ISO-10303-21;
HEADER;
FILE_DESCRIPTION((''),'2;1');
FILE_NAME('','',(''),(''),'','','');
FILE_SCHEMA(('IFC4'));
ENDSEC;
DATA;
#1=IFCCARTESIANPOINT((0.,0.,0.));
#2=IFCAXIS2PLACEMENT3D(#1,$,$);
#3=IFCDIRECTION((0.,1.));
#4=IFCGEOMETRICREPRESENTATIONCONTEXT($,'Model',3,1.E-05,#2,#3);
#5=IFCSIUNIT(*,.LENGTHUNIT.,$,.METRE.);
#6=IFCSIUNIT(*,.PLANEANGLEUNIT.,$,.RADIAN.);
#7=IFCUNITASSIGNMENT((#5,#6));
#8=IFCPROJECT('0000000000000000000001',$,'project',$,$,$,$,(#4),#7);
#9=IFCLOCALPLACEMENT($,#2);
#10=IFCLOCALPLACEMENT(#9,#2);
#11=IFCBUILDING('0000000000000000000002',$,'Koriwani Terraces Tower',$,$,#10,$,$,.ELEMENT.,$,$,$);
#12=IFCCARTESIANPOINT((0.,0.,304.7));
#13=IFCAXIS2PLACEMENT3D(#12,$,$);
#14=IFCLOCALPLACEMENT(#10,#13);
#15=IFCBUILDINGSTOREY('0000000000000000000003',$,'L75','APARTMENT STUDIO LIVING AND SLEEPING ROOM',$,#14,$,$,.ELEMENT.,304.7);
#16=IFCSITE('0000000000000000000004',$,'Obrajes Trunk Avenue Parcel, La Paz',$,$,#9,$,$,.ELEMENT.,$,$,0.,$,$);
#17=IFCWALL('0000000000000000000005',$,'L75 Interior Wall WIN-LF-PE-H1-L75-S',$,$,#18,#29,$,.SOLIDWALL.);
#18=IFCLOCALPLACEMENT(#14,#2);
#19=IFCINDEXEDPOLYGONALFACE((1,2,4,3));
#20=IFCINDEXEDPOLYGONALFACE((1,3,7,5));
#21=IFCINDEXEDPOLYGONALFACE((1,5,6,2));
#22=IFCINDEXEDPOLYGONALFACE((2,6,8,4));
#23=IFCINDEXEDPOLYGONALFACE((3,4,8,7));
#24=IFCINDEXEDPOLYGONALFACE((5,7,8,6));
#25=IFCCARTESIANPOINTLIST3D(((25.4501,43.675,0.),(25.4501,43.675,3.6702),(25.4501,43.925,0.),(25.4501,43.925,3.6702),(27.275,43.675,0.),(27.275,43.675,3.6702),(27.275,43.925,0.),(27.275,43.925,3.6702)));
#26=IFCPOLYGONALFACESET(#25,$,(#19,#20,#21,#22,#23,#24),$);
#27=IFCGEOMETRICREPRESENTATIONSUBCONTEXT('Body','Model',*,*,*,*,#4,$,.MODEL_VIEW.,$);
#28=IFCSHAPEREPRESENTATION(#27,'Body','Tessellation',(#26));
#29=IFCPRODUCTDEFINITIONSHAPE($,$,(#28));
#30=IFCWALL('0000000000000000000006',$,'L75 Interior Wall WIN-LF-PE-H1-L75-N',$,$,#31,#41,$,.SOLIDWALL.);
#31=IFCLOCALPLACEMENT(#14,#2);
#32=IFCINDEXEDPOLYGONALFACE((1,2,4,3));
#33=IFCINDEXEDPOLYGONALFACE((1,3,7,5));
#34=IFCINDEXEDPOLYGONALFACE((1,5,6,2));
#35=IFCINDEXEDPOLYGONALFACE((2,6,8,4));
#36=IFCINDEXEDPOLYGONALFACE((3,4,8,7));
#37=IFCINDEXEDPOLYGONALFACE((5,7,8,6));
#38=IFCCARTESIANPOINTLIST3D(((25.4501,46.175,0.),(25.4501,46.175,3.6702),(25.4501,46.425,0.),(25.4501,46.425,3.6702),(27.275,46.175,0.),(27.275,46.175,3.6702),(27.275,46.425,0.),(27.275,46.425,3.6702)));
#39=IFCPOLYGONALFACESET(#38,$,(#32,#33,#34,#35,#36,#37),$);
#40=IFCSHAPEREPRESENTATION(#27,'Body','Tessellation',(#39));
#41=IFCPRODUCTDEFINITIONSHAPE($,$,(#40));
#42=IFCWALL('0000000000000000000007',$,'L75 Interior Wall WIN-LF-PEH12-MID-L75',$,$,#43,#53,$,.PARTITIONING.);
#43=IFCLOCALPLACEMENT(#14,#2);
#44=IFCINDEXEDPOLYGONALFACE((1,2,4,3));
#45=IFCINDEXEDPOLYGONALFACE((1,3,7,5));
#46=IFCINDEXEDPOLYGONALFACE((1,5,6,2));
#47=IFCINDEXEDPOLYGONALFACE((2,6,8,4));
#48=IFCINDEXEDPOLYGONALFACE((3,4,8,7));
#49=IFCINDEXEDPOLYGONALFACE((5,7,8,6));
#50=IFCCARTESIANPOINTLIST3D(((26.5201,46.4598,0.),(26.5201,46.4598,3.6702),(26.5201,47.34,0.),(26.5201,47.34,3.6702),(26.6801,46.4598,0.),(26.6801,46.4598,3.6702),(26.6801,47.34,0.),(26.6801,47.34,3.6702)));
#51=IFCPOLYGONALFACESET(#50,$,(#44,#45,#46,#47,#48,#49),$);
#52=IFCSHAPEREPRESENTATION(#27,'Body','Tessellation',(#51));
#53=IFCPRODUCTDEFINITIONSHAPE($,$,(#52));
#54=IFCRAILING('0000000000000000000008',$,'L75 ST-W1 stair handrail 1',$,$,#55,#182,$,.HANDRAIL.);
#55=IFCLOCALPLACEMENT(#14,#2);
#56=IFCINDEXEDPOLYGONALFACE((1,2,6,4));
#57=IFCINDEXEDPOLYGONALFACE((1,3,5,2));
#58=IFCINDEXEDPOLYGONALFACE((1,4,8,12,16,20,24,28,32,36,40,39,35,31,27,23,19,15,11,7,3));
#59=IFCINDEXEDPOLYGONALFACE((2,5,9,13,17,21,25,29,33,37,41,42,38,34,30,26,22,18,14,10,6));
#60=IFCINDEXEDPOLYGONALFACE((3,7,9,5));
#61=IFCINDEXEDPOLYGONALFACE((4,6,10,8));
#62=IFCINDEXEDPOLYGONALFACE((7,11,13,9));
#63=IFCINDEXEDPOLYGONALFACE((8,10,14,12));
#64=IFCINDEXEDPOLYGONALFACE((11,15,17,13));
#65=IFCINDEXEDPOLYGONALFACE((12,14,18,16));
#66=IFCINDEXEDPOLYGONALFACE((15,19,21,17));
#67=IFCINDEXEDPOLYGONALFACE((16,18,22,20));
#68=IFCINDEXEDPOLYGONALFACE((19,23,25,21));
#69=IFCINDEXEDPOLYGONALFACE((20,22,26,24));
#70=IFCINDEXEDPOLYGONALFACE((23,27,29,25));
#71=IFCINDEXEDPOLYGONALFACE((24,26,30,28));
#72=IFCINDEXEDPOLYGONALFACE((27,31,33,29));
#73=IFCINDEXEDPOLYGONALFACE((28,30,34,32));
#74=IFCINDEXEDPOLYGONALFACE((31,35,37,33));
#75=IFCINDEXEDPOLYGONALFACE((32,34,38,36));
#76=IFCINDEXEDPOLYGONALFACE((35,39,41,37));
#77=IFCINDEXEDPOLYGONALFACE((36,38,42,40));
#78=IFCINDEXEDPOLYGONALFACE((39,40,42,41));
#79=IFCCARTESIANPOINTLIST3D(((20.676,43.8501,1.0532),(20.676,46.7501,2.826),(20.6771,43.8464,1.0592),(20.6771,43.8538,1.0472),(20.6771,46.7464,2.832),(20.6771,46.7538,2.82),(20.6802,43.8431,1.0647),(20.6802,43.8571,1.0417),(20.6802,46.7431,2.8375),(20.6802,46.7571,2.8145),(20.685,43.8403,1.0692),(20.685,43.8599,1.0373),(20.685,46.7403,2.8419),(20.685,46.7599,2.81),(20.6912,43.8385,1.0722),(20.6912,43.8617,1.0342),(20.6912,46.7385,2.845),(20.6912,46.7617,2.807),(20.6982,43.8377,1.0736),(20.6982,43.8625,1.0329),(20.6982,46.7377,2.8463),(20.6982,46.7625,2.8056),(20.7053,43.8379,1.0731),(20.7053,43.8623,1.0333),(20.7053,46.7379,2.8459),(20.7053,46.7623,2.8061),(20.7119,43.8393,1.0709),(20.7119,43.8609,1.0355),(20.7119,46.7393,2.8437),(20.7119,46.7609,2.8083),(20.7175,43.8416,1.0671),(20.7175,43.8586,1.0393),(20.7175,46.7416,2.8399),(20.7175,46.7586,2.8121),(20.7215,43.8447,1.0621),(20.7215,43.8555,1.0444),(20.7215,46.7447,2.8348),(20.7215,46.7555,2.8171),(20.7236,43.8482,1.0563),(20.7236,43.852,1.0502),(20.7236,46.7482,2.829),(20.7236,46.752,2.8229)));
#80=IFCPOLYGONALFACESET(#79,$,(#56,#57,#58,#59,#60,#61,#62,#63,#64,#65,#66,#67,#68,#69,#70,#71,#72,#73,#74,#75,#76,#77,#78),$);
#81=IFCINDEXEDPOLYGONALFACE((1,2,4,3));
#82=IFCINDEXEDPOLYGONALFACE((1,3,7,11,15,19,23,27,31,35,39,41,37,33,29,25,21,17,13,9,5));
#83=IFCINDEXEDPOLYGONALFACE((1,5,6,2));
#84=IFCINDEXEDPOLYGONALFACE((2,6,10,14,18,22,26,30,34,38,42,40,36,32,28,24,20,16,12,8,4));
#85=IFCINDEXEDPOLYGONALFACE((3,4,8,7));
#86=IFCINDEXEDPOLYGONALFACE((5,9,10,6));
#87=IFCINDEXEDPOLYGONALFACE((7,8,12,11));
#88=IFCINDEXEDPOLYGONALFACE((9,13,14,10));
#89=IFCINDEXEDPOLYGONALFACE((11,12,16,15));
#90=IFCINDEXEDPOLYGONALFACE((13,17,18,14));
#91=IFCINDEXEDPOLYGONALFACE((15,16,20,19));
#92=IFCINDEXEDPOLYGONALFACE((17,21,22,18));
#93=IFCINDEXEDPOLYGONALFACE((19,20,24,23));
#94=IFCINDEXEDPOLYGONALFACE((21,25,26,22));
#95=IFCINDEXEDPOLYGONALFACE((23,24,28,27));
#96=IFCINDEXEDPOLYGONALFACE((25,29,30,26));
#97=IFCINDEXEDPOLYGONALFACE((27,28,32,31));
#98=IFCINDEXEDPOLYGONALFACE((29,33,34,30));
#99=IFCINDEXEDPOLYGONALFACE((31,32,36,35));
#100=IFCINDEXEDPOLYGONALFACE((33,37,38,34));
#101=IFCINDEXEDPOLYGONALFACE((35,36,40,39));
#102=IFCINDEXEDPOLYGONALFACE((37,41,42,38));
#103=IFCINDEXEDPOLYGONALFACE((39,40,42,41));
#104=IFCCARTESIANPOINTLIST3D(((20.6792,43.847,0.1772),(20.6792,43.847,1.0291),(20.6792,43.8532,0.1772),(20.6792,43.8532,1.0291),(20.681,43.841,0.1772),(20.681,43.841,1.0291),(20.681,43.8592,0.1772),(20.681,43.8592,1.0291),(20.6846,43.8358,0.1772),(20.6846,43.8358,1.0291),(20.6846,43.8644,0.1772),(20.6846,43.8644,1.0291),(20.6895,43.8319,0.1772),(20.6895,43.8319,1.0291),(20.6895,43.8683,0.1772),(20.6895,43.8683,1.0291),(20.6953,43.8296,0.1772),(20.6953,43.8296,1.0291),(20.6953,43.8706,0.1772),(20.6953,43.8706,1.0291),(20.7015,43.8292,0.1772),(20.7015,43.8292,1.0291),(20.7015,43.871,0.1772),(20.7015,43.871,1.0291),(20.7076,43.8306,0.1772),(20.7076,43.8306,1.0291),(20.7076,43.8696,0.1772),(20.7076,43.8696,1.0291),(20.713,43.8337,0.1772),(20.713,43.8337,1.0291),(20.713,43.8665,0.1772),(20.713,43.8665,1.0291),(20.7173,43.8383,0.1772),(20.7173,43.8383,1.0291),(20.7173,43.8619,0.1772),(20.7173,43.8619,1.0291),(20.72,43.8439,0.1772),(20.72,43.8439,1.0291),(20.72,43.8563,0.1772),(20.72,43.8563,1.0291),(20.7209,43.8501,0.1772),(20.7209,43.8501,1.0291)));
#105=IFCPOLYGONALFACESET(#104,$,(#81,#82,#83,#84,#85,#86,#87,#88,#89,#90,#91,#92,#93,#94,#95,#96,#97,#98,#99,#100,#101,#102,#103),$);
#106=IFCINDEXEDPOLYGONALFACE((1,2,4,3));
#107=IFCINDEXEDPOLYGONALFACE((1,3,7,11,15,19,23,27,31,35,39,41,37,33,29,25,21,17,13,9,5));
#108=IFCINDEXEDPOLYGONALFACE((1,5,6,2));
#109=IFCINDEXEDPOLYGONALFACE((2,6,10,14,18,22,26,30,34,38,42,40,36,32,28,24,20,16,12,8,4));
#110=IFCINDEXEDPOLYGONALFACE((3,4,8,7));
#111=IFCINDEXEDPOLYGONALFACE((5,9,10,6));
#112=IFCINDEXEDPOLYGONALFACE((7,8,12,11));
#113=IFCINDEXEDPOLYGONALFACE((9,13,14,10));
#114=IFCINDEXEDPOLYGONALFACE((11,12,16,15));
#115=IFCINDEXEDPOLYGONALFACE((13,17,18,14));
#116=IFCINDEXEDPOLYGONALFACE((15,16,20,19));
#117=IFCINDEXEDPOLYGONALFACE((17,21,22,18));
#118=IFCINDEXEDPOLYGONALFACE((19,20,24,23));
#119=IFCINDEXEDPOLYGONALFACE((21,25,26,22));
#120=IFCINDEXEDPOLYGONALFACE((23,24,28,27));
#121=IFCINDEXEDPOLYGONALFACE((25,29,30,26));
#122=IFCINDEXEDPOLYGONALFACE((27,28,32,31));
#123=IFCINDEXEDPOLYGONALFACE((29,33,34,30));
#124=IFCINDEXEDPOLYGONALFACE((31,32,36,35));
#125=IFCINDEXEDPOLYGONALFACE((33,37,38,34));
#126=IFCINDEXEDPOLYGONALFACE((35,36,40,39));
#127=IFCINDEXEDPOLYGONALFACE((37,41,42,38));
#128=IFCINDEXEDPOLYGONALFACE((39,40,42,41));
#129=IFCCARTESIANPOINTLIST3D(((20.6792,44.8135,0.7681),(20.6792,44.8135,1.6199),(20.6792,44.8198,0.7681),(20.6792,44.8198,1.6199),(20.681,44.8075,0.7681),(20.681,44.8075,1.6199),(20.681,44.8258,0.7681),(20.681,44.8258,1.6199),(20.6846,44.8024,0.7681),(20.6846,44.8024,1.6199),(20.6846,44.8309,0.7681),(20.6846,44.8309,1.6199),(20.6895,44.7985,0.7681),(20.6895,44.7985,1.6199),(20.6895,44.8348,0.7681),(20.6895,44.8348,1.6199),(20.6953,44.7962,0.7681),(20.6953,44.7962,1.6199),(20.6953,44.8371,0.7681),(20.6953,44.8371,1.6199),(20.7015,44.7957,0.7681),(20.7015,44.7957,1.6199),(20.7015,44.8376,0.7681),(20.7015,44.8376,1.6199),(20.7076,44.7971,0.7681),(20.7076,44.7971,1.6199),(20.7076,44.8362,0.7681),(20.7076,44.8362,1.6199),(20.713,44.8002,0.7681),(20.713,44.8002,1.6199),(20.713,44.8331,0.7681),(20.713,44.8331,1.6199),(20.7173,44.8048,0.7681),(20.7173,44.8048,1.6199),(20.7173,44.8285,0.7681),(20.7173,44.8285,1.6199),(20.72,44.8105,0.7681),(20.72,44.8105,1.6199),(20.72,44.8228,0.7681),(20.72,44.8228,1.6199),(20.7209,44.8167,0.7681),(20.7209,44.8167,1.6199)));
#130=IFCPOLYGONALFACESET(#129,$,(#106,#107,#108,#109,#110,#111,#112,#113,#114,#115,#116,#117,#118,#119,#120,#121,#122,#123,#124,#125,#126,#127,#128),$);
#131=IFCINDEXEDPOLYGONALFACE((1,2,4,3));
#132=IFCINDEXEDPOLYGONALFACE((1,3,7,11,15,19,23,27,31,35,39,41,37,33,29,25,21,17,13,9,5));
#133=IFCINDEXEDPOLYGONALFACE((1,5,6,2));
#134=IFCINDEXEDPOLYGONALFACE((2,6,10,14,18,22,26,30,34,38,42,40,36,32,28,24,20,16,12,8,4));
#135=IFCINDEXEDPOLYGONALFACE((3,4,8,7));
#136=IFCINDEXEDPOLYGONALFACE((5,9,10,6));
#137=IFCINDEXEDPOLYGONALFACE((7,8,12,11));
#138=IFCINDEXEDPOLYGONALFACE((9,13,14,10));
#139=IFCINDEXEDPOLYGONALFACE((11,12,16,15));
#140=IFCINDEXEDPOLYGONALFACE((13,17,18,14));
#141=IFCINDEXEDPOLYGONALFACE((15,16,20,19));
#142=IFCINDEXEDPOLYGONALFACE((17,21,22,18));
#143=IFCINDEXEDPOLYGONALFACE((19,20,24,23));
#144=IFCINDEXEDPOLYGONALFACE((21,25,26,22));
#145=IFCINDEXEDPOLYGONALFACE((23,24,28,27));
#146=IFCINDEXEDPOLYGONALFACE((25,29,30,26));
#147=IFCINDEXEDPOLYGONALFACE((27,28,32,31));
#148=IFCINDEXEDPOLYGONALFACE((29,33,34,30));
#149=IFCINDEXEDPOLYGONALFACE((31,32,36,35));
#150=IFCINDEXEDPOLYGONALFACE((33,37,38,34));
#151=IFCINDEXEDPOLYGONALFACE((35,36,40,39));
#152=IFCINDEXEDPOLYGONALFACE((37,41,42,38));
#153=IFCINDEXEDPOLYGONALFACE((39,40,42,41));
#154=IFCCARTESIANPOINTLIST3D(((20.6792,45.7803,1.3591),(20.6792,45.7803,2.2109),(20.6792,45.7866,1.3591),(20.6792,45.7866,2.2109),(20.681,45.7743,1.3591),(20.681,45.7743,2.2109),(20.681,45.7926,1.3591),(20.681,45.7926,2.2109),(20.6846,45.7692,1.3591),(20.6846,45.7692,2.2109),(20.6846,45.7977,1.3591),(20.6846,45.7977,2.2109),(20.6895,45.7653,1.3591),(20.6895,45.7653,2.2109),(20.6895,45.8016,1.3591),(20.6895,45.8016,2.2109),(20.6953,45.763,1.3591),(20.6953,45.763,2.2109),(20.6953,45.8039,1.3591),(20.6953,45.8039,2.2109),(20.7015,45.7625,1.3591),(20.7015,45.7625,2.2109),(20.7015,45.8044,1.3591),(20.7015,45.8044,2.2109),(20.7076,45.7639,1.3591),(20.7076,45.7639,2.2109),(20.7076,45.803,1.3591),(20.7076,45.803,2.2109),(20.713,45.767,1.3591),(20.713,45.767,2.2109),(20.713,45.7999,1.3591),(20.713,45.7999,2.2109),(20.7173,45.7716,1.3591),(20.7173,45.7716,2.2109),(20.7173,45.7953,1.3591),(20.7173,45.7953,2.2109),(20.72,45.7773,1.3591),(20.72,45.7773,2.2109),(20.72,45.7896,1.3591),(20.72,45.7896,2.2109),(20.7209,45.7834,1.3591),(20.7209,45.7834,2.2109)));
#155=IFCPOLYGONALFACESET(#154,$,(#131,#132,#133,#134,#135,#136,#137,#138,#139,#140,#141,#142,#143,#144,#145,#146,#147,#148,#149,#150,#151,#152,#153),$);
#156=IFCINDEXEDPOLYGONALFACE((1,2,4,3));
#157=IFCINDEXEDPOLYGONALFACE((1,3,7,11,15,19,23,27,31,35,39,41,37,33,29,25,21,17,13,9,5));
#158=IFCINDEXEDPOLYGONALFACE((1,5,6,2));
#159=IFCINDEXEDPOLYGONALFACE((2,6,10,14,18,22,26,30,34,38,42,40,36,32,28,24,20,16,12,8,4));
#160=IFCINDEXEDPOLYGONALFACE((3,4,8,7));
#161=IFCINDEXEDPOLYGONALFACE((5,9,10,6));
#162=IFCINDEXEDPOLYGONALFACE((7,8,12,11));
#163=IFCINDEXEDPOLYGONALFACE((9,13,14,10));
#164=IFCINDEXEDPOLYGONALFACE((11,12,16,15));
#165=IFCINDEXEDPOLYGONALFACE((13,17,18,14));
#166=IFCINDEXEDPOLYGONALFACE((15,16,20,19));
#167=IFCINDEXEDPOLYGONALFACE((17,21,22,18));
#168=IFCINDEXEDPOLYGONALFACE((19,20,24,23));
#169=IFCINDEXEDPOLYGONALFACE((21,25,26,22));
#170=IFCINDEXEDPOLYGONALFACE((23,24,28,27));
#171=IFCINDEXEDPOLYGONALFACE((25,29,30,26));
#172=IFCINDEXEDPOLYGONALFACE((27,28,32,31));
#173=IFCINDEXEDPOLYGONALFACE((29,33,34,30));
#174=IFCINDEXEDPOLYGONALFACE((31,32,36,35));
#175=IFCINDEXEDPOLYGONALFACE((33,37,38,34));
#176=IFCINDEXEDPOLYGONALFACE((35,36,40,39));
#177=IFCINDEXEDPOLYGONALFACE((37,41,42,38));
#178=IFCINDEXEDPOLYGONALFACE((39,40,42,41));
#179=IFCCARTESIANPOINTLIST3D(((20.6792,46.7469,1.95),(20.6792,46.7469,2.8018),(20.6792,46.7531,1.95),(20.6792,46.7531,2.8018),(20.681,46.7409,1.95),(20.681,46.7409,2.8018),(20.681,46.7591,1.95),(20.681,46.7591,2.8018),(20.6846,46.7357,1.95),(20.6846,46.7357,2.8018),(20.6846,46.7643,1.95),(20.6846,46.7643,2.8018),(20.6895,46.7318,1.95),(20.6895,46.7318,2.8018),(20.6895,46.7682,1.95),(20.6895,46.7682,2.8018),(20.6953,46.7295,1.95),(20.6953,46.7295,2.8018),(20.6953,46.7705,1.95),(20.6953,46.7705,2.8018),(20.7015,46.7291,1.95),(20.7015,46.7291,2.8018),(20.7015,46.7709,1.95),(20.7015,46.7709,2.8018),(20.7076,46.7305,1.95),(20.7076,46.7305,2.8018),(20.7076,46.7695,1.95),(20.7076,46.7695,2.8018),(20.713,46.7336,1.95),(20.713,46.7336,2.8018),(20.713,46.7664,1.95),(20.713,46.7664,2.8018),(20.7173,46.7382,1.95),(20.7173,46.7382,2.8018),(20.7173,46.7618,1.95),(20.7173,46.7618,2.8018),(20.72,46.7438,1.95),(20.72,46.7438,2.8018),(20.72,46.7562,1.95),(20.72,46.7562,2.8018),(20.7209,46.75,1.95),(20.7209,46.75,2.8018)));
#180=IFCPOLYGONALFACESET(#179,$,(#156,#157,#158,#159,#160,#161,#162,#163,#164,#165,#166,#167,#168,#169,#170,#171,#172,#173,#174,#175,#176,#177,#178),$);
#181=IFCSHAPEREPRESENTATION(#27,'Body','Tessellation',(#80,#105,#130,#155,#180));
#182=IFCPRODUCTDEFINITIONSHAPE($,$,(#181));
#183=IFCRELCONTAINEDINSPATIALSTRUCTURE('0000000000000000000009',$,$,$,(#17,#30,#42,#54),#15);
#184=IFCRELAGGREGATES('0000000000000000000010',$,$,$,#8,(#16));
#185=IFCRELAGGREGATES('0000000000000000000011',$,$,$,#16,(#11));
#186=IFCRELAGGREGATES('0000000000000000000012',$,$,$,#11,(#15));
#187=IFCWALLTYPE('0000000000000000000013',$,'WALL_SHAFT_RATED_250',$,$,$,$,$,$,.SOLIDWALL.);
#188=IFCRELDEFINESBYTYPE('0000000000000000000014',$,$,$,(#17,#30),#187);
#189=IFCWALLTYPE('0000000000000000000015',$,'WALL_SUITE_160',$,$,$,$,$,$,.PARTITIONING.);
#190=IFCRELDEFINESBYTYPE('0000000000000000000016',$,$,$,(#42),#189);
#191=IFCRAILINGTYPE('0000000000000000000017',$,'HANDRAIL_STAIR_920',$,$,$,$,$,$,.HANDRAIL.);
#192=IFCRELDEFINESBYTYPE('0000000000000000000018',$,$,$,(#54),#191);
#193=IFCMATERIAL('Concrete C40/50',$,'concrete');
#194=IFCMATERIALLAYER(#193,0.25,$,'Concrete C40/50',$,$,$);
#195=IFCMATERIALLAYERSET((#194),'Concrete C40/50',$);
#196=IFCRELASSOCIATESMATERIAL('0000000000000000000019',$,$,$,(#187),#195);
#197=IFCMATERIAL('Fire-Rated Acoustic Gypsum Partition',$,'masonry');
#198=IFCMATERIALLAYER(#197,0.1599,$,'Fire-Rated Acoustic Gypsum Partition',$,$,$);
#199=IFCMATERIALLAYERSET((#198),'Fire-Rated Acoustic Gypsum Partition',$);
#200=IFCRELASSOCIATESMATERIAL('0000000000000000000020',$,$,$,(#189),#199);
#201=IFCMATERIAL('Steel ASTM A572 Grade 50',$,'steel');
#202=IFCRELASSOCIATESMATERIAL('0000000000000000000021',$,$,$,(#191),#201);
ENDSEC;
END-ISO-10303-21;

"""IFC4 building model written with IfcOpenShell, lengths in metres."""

from ifc_helpers import new_model, si_unit, direction, frame, frame_2d, origin, origin_2d, place, context, subcontext, project, spatial, rectangle, circle, extrude, material, layer, layer_set, type_object, element, save


model = new_model("IFC4")

# Units and contexts
model_context = context("Model", 3, precision=1e-05, world=origin(), true_north=direction((0.0, 1.0)))
body_context = subcontext(model_context, "Body", "Model", "MODEL_VIEW")
ifc_project = project(units=[si_unit("LENGTHUNIT", "METRE"), si_unit("PLANEANGLEUNIT", "RADIAN")], contexts=[model_context])

# Site, building, storey
site_placement = place(None, origin())
site = spatial("IfcSite", under=ifc_project, at=site_placement, Name="Obrajes Trunk Avenue Parcel, La Paz", CompositionType="ELEMENT", RefElevation=0.0)
building_placement = place(site_placement, origin())
building = spatial("IfcBuilding", under=site, at=building_placement, Name="Koriwani Terraces Tower", CompositionType="ELEMENT")
storey_placement = place(building_placement, frame((0.0, 0.0, 304.7)))
storey = spatial("IfcBuildingStorey", under=building, at=storey_placement, Name="L75", Description="APARTMENT STUDIO LIVING AND SLEEPING ROOM", CompositionType="ELEMENT", Elevation=304.7)

# Shared definitions
ifc_material_1 = material(Name="Concrete C40/50", Category="concrete")
ifc_material_2 = material(Name="Steel ASTM A572 Grade 50", Category="steel")

# Shared definitions
ifc_material_3 = material(Name="Fire-Rated Acoustic Gypsum Partition", Category="masonry")

# Shared definitions
ifc_layer_1 = layer(ifc_material_1, 0.25, Name="Concrete C40/50")
ifc_layer_set_1 = layer_set([ifc_layer_1], Name="Concrete C40/50")
wall_type_1 = type_object("IfcWallType", Name="WALL_SHAFT_RATED_250", PredefinedType="SOLIDWALL", material=ifc_layer_set_1)

# Walls
for number, where, z_axis, x_axis, name in (
    (1, (25.45, 43.8, 0.0), (0.0, 0.0, 1.0), (1.0, 0.0, 0.0), "L75 Interior Wall WIN-LF-PE-H1-L75-S"),
    (2, (25.45, 46.3, 0.0), (0.0, 0.0, 1.0), (1.0, 0.0, 0.0), "L75 Interior Wall WIN-LF-PE-H1-L75-N"),
):
    element("IfcWall", number, at=place(storey_placement, frame(where, z_axis=z_axis, x_axis=x_axis)), inside=storey, type_object=wall_type_1, Name=name, PredefinedType="SOLIDWALL", context=body_context, shape_type="SweptSolid", body=[
        extrude(rectangle(XDim=1.825, YDim=0.25, at=frame_2d((0.9126, 0.0))), origin(), (0.0, 0.0, 1.0), 3.6702),
    ])

# Wall
ifc_layer_2 = layer(ifc_material_3, 0.1599, Name="Fire-Rated Acoustic Gypsum Partition")
ifc_layer_set_2 = layer_set([ifc_layer_2], Name="Fire-Rated Acoustic Gypsum Partition")
wall_type_2 = type_object("IfcWallType", Name="WALL_SUITE_160", PredefinedType="PARTITIONING", material=ifc_layer_set_2)
wall_1_placement = place(storey_placement, frame((26.6001, 46.46, 0.0), z_axis=(0.0, 0.0, 1.0), x_axis=(0.0, 1.0, 0.0)))
element("IfcWall", 3, at=wall_1_placement, inside=storey, type_object=wall_type_2, Name="L75 Interior Wall WIN-LF-PEH12-MID-L75", PredefinedType="PARTITIONING", context=body_context, shape_type="SweptSolid", body=[
    extrude(rectangle(XDim=0.8801, YDim=0.1599, at=frame_2d((0.4399, 0.0))), origin(), (0.0, 0.0, 1.0), 3.6702),
])

# Railing
railing_type = type_object("IfcRailingType", Name="HANDRAIL_STAIR_920", PredefinedType="HANDRAIL", material=ifc_material_2)
railing_placement = place(storey_placement, frame((20.7, 43.8501, 0.1772)))
element("IfcRailing", 4, at=railing_placement, inside=storey, type_object=railing_type, Name="L75 ST-W1 stair handrail 1", PredefinedType="HANDRAIL", context=body_context, shape_type="SweptSolid", body=[
    extrude(circle(Radius=0.0239, at=origin_2d()), frame((0.0, 0.0, 0.876), z_axis=(0.0, 0.853211, 0.521566), x_axis=(-1.0, 0.0, 0.0)), (0.0, 0.0, 1.0), 3.3989),
    extrude(circle(Radius=0.021, at=origin_2d()), origin(), (0.0, 0.0, 1.0), 0.8518),
    extrude(circle(Radius=0.021, at=origin_2d()), frame((0.0, 0.9666, 0.5908)), (0.0, 0.0, 1.0), 0.8518),
    extrude(circle(Radius=0.021, at=origin_2d()), frame((0.0, 1.9333, 1.1819)), (0.0, 0.0, 1.0), 0.8518),
    extrude(circle(Radius=0.021, at=origin_2d()), frame((0.0, 2.8999, 1.7727)), (0.0, 0.0, 1.0), 0.8518),
])

save(model, "model.ifc")
